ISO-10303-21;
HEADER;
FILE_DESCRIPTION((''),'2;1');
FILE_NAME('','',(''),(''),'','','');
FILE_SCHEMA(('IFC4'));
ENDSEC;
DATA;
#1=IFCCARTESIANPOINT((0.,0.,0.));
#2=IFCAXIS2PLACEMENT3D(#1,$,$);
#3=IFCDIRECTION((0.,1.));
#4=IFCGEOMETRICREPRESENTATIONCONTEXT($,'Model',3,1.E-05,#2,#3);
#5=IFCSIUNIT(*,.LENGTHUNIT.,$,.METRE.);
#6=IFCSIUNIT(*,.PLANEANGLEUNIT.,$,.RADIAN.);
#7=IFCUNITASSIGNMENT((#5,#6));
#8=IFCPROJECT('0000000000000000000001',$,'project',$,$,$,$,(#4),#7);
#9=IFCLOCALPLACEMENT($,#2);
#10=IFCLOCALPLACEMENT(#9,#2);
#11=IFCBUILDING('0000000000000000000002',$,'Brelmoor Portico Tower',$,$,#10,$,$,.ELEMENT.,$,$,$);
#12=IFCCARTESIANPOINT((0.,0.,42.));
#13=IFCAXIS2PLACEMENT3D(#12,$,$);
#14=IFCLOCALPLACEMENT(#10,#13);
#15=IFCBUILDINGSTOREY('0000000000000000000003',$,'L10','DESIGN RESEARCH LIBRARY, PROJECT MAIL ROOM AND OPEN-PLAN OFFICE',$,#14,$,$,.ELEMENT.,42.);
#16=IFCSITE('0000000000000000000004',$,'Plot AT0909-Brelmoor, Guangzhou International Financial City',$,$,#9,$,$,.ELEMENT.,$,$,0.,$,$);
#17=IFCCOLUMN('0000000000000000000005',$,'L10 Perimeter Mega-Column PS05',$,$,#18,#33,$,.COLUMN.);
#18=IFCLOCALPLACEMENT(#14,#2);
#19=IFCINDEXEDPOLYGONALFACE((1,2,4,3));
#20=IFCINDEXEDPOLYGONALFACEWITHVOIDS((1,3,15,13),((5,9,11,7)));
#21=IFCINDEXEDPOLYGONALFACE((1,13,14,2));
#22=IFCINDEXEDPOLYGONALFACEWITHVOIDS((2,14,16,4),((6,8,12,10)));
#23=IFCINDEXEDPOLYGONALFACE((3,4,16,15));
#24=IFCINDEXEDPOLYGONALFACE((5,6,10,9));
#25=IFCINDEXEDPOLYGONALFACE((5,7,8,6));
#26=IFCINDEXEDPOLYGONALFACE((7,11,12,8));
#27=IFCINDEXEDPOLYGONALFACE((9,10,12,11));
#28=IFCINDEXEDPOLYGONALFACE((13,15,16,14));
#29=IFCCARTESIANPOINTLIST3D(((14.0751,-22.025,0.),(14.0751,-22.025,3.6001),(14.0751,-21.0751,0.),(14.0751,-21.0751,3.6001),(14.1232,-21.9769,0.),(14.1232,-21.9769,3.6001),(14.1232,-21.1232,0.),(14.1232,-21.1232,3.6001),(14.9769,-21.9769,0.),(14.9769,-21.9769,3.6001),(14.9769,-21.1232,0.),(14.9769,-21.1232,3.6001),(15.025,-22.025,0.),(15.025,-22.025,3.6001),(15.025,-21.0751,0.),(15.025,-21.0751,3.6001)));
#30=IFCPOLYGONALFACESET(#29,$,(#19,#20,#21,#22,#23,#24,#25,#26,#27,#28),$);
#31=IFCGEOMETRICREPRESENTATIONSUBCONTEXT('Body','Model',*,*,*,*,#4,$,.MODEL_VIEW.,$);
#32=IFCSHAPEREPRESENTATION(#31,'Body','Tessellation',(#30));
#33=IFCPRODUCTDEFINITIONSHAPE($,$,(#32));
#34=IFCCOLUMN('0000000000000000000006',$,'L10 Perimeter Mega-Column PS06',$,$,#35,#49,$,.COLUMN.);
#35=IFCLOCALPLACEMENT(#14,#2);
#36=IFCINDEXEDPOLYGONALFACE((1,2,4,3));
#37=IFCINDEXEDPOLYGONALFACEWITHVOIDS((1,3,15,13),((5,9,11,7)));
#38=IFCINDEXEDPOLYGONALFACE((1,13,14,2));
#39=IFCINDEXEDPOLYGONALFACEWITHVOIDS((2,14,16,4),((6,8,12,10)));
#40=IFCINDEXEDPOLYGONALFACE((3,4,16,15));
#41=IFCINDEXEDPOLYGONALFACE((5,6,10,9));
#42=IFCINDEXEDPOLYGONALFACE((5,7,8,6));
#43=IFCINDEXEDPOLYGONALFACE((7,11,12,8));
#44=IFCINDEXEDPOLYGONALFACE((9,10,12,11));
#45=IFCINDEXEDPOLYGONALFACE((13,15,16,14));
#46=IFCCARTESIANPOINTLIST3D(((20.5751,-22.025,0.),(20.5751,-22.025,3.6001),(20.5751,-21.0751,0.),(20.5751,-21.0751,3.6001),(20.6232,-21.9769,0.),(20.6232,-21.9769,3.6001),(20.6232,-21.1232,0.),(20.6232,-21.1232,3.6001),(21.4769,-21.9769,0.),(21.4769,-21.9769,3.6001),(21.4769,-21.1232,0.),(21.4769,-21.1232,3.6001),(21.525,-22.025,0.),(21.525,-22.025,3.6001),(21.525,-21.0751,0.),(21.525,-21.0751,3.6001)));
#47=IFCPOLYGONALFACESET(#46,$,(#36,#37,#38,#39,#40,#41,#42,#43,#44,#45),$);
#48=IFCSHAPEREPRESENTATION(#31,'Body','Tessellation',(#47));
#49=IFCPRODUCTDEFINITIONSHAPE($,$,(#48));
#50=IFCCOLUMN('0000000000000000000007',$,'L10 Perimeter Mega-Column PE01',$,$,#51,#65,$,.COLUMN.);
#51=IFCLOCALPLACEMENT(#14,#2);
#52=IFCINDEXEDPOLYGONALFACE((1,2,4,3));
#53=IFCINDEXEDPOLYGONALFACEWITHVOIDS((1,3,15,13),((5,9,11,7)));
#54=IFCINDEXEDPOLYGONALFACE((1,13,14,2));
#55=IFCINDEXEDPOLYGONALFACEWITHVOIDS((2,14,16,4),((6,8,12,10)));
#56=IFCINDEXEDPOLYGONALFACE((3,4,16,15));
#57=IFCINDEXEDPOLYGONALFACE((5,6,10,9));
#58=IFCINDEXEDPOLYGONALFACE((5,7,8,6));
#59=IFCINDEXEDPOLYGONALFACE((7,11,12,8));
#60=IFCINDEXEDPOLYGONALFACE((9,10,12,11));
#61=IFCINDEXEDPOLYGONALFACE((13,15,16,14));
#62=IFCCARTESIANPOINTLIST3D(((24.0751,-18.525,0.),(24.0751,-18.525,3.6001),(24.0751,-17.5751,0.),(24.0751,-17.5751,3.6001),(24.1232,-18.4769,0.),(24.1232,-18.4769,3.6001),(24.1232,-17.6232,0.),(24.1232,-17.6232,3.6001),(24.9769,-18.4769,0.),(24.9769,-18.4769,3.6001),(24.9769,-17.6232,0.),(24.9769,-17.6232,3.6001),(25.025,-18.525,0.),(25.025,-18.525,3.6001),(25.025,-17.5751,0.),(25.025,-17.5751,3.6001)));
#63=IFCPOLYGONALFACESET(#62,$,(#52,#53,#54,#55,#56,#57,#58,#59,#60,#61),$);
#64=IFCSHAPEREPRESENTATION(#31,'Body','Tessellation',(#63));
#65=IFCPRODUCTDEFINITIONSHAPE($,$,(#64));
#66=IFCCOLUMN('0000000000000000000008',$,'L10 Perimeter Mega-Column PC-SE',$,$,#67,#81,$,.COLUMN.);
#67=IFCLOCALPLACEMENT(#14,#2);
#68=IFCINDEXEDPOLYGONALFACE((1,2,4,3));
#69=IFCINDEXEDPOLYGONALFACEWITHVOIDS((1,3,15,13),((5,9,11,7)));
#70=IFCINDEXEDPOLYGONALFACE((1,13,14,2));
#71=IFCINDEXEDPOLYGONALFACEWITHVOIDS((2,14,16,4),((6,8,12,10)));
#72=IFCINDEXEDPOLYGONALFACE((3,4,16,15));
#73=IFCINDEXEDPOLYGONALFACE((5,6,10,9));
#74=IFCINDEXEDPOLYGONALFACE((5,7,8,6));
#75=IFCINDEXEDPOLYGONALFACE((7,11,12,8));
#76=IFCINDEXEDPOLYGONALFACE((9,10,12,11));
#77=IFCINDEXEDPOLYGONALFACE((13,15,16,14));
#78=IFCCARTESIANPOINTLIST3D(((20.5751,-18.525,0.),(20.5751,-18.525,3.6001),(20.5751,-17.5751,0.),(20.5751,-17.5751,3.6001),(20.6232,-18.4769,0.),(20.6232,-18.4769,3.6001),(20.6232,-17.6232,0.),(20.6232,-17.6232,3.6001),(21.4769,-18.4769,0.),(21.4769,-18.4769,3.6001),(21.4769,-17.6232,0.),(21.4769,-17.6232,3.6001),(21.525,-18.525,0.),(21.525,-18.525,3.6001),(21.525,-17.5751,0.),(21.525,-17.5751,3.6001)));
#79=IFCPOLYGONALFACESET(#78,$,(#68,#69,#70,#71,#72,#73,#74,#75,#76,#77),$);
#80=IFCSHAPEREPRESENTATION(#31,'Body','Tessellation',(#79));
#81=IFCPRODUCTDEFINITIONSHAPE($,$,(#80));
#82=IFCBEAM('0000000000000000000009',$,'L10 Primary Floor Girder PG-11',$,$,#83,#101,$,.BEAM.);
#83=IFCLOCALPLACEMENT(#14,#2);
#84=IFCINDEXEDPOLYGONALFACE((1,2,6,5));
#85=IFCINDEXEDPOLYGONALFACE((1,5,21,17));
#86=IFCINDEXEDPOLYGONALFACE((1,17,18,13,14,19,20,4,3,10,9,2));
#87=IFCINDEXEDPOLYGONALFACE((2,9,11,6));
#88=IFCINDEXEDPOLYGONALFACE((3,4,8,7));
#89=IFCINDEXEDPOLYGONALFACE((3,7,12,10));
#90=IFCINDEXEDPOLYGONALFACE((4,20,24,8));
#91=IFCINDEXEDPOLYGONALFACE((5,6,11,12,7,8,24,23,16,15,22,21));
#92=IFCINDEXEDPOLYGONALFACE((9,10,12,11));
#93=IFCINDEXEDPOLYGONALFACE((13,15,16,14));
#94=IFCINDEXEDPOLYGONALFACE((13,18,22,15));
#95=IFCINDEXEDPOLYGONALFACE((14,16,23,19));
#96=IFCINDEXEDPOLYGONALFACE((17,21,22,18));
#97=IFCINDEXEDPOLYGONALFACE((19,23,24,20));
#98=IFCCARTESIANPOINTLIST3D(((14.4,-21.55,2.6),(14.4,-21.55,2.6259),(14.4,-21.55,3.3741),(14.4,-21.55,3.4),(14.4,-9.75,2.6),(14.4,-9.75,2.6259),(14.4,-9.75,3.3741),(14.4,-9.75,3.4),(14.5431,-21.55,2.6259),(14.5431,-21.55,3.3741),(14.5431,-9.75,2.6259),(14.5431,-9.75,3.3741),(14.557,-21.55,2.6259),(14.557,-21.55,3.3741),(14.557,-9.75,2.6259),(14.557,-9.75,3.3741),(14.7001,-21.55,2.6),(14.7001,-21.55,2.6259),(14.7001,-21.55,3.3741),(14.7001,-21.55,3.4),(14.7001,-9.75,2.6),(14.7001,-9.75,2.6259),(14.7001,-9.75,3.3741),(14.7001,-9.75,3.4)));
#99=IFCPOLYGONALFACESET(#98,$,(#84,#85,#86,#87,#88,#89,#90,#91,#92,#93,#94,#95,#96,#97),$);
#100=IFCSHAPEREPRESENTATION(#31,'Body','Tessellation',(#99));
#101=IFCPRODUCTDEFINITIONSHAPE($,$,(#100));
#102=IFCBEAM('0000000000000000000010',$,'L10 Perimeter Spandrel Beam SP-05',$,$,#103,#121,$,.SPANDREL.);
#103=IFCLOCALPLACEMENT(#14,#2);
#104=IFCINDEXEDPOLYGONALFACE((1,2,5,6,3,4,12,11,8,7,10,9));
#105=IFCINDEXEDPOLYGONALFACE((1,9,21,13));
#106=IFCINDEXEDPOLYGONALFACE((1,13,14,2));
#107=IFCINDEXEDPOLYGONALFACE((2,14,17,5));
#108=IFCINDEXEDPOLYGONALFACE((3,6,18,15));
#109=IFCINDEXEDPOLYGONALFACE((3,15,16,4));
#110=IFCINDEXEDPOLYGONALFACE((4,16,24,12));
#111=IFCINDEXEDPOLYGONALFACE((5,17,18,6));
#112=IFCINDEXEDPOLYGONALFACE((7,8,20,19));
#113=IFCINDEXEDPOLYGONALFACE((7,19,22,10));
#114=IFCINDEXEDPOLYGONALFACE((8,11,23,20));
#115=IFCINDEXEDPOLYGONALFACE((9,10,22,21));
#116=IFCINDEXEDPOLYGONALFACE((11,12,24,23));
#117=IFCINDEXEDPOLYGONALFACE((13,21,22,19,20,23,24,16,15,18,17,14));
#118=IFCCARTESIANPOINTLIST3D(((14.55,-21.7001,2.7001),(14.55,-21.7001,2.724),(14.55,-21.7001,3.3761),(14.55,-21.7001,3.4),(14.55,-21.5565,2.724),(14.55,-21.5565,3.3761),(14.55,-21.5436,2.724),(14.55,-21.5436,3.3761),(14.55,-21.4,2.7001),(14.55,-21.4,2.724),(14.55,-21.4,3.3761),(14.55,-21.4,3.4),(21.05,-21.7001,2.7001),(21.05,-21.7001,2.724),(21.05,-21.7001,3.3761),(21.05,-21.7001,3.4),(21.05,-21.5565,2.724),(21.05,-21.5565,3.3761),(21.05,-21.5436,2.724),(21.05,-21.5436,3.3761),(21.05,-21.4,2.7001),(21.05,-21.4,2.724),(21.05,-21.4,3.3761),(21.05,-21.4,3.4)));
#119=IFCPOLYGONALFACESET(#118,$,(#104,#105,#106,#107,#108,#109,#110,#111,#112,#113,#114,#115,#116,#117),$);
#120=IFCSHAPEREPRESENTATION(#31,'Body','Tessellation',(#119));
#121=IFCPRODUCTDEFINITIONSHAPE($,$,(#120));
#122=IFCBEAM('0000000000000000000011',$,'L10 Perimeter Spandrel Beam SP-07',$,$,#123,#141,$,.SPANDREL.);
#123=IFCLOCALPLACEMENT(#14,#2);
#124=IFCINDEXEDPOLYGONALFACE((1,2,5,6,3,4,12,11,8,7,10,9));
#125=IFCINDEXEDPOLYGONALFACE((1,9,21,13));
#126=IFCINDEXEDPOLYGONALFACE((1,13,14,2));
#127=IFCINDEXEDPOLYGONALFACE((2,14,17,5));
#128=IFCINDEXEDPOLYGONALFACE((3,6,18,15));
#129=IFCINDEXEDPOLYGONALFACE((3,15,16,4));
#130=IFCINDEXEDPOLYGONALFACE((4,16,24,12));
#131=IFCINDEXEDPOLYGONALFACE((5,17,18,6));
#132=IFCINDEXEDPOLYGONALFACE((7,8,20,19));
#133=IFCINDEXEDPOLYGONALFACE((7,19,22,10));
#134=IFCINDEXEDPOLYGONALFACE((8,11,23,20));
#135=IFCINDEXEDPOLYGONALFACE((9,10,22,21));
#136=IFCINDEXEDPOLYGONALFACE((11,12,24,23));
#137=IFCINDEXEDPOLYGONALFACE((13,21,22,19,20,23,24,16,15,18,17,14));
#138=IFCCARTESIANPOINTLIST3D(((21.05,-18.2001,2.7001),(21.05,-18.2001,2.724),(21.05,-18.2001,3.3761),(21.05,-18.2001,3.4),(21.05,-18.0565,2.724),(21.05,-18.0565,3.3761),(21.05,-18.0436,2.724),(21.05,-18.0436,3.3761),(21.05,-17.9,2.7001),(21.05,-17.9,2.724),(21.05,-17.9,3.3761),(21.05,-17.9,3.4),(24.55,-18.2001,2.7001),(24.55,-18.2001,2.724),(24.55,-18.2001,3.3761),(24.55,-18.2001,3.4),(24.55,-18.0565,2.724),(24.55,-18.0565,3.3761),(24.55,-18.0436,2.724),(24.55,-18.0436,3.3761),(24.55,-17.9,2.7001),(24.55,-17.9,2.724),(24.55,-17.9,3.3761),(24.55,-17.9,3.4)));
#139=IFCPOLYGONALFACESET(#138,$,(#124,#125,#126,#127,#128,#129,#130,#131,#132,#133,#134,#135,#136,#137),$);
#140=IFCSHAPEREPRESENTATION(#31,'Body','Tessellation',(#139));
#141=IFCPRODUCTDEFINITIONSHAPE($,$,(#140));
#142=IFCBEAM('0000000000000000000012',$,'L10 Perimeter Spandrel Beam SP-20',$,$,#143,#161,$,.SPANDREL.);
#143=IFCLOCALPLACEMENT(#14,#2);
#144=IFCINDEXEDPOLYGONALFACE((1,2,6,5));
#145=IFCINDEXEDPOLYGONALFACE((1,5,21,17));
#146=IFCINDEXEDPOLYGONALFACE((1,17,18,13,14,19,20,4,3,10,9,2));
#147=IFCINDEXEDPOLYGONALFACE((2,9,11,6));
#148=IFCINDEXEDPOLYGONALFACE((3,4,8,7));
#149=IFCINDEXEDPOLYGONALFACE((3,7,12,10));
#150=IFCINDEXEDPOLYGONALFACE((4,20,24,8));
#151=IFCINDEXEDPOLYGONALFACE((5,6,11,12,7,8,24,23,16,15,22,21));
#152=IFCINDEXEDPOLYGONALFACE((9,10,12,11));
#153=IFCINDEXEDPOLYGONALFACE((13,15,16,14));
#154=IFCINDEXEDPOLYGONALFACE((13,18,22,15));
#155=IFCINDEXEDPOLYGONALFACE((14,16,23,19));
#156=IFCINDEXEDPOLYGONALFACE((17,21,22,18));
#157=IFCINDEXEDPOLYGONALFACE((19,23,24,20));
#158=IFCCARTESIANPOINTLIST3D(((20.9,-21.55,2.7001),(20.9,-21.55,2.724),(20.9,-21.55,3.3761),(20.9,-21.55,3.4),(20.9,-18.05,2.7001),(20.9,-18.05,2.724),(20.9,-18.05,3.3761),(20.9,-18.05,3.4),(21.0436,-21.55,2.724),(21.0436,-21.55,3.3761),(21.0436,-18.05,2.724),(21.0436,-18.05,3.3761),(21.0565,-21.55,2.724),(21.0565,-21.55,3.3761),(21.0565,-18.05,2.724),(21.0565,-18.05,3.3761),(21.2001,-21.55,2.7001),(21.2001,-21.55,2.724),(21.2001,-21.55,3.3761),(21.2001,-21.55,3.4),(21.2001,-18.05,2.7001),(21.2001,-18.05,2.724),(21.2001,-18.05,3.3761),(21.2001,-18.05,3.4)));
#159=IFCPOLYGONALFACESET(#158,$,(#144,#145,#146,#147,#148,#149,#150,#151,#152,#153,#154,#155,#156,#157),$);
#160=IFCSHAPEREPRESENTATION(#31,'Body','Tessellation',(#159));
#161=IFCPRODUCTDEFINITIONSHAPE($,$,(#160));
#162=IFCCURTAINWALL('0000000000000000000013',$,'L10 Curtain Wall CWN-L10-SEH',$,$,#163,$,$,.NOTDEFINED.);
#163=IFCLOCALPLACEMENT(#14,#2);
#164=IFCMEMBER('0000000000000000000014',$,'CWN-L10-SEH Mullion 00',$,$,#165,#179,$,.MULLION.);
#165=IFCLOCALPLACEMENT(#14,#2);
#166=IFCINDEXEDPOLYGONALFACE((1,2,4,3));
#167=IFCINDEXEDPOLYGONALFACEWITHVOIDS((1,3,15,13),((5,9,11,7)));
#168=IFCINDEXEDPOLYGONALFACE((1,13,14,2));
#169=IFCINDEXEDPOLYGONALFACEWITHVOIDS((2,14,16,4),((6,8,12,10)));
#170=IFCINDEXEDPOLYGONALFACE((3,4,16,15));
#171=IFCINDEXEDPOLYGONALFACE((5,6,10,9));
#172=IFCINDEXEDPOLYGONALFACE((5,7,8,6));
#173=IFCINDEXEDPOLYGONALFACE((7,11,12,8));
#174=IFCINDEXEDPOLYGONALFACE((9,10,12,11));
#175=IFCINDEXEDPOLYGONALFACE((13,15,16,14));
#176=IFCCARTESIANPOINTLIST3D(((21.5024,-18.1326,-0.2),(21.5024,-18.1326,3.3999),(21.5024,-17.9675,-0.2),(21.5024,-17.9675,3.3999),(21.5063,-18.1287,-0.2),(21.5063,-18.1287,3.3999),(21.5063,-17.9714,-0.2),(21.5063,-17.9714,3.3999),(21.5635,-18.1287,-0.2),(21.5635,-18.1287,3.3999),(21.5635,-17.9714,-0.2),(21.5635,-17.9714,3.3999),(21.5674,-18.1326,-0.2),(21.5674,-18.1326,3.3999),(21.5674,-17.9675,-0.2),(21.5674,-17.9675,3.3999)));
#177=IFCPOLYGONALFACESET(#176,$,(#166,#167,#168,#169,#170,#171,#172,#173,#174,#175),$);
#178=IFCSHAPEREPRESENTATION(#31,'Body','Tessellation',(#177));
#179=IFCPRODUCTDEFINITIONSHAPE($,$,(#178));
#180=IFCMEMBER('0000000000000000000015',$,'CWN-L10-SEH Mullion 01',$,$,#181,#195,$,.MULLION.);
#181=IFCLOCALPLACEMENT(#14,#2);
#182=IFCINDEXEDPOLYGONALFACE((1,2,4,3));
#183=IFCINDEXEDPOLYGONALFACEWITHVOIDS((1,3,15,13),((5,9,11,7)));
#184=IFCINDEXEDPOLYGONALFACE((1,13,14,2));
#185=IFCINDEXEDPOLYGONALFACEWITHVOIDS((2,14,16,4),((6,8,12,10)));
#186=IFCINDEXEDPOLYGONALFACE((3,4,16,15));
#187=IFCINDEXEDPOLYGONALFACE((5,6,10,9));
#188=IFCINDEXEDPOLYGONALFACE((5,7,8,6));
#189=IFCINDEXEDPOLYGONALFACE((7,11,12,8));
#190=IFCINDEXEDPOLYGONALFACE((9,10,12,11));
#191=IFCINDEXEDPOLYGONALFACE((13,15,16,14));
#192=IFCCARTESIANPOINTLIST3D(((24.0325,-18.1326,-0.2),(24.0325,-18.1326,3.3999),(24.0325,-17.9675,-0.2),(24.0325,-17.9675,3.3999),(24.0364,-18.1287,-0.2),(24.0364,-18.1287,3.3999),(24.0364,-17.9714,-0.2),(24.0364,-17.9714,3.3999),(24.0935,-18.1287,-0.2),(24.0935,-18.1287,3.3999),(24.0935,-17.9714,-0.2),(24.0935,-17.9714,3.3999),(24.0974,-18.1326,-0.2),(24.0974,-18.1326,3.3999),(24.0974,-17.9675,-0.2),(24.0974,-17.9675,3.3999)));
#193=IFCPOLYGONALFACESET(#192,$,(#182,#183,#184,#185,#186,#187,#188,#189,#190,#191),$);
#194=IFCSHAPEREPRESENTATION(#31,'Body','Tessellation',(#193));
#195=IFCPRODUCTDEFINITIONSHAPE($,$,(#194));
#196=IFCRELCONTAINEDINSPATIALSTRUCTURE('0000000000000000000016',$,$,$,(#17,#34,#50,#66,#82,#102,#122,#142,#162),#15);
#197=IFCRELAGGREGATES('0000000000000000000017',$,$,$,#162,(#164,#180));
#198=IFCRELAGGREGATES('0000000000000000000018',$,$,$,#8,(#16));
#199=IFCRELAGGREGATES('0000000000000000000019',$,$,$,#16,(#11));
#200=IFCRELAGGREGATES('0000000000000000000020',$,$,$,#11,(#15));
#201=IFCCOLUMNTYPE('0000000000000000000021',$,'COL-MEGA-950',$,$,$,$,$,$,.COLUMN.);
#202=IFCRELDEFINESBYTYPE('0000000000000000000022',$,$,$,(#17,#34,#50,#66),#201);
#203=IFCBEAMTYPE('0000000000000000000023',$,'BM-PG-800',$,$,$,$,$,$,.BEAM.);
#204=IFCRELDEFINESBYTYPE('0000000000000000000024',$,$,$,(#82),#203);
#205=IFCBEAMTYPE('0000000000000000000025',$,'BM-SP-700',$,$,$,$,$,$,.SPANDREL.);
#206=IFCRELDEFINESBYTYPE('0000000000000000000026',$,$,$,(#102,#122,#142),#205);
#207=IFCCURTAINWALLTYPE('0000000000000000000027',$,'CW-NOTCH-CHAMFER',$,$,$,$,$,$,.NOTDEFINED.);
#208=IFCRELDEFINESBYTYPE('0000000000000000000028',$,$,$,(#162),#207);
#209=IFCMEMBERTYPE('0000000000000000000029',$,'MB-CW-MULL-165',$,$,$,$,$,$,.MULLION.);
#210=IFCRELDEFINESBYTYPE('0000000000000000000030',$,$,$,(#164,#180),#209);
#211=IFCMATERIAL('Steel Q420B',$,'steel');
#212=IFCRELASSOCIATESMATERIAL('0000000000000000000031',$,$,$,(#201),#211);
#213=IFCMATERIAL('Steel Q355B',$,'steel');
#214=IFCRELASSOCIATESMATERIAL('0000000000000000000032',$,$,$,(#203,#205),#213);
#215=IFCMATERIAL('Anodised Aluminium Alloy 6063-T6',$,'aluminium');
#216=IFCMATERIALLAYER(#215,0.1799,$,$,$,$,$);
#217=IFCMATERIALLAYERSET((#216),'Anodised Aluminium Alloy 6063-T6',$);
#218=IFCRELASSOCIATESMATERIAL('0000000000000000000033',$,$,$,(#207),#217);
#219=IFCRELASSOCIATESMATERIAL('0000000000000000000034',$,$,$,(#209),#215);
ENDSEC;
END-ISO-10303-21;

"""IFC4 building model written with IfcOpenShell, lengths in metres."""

from ifc_helpers import new_model, si_unit, direction, frame, origin, origin_2d, place, context, subcontext, project, spatial, hollow_rectangle, i_section, extrude, material, layer, layer_set, material_profile, profile_set, type_object, element, aggregate, save


model = new_model("IFC4")

# Units and contexts
model_context = context("Model", 3, precision=1e-05, world=origin(), true_north=direction((0.0, 1.0)))
body_context = subcontext(model_context, "Body", "Model", "MODEL_VIEW")
ifc_project = project(units=[si_unit("LENGTHUNIT", "METRE"), si_unit("PLANEANGLEUNIT", "RADIAN")], contexts=[model_context])

# Site, building, storey
site_placement = place(None, origin())
site = spatial("IfcSite", under=ifc_project, at=site_placement, Name="Plot AT0909-Brelmoor, Guangzhou International Financial City", CompositionType="ELEMENT", RefElevation=0.0)
building_placement = place(site_placement, origin())
building = spatial("IfcBuilding", under=site, at=building_placement, Name="Brelmoor Portico Tower", CompositionType="ELEMENT")
storey_placement = place(building_placement, frame((0.0, 0.0, 42.0)))
storey = spatial("IfcBuildingStorey", under=building, at=storey_placement, Name="L10", Description="DESIGN RESEARCH LIBRARY, PROJECT MAIL ROOM AND OPEN-PLAN OFFICE", CompositionType="ELEMENT", Elevation=42.0)

# Columns
ifc_material_1 = material(Name="Steel Q420B", Category="steel")
ifc_material_profile_1 = material_profile(ifc_material_1, hollow_rectangle(XDim=0.95, YDim=0.95, WallThickness=0.0481, at=origin_2d()), Name="BOX 950x950x48")
ifc_profile_set_1 = profile_set([ifc_material_profile_1], Name="Steel Q420B")
column_type = type_object("IfcColumnType", Name="COL-MEGA-950", PredefinedType="COLUMN", material=ifc_profile_set_1)
for number, where, z_axis, x_axis, name in (
    (1, (14.55, -21.55, 0.0), (0.0, 0.0, 1.0), (1.0, 0.0, 0.0), "L10 Perimeter Mega-Column PS05"),
    (2, (21.05, -21.55, 0.0), (0.0, 0.0, 1.0), (1.0, 0.0, 0.0), "L10 Perimeter Mega-Column PS06"),
    (3, (24.55, -18.05, 0.0), (0.0, 0.0, 1.0), (0.0, 1.0, 0.0), "L10 Perimeter Mega-Column PE01"),
    (4, (21.05, -18.05, 0.0), (0.0, 0.0, 1.0), (1.0, 0.0, 0.0), "L10 Perimeter Mega-Column PC-SE"),
):
    element("IfcColumn", number, at=place(storey_placement, frame(where, z_axis=z_axis, x_axis=x_axis)), inside=storey, type_object=column_type, Name=name, PredefinedType="COLUMN", context=body_context, shape_type="SweptSolid", body=[
        extrude(hollow_rectangle(XDim=0.95, YDim=0.95, WallThickness=0.0481, at=origin_2d()), origin(), (0.0, 0.0, 1.0), 3.6001),
    ])

# Beams
ifc_material_2 = material(Name="Steel Q355B", Category="steel")
ifc_material_profile_2 = material_profile(ifc_material_2, i_section(OverallWidth=0.3, OverallDepth=0.8, WebThickness=0.0139, FlangeThickness=0.0259, at=origin_2d()), Name="HN 800x300x14x26")
ifc_profile_set_2 = profile_set([ifc_material_profile_2], Name="Steel Q355B")
beam_type_1 = type_object("IfcBeamType", Name="BM-PG-800", PredefinedType="BEAM", material=ifc_profile_set_2)
beam_1_placement = place(storey_placement, frame((14.55, -21.55, 3.0), z_axis=(0.0, 1.0, 0.0), x_axis=(-1.0, 0.0, 0.0)))
element("IfcBeam", 5, at=beam_1_placement, inside=storey, type_object=beam_type_1, Name="L10 Primary Floor Girder PG-11", PredefinedType="BEAM", context=body_context, shape_type="SweptSolid", body=[
    extrude(i_section(OverallWidth=0.3, OverallDepth=0.8, WebThickness=0.0139, FlangeThickness=0.0259, at=origin_2d()), origin(), (0.0, 0.0, 1.0), 11.8),
])
ifc_material_profile_3 = material_profile(ifc_material_2, i_section(OverallWidth=0.3, OverallDepth=0.7, WebThickness=0.0129, FlangeThickness=0.0239, at=origin_2d()), Name="HN 700x300x13x24")
ifc_profile_set_3 = profile_set([ifc_material_profile_3], Name="Steel Q355B")
beam_type_2 = type_object("IfcBeamType", Name="BM-SP-700", PredefinedType="SPANDREL", material=ifc_profile_set_3)
beam_2_placement = place(storey_placement, frame((14.55, -21.55, 3.05), z_axis=(1.0, 0.0, 0.0), x_axis=(0.0, 1.0, 0.0)))
element("IfcBeam", 6, at=beam_2_placement, inside=storey, type_object=beam_type_2, Name="L10 Perimeter Spandrel Beam SP-05", PredefinedType="SPANDREL", context=body_context, shape_type="SweptSolid", body=[
    extrude(i_section(OverallWidth=0.3, OverallDepth=0.7, WebThickness=0.0129, FlangeThickness=0.0239, at=origin_2d()), origin(), (0.0, 0.0, 1.0), 6.5),
])
for number, where, z_axis, x_axis, name in (
    (7, (21.05, -18.05, 3.05), (1.0, 0.0, 0.0), (0.0, 1.0, 0.0), "L10 Perimeter Spandrel Beam SP-07"),
    (8, (21.05, -21.55, 3.05), (0.0, 1.0, 0.0), (-1.0, 0.0, 0.0), "L10 Perimeter Spandrel Beam SP-20"),
):
    element("IfcBeam", number, at=place(storey_placement, frame(where, z_axis=z_axis, x_axis=x_axis)), inside=storey, type_object=beam_type_2, Name=name, PredefinedType="SPANDREL", context=body_context, shape_type="SweptSolid", body=[
        extrude(i_section(OverallWidth=0.3, OverallDepth=0.7, WebThickness=0.0129, FlangeThickness=0.0239, at=origin_2d()), origin(), (0.0, 0.0, 1.0), 3.5),
    ])

# Curtain wall, members
ifc_material_3 = material(Name="Anodised Aluminium Alloy 6063-T6", Category="aluminium")
ifc_layer_1 = layer(ifc_material_3, 0.1799)
ifc_layer_set_1 = layer_set([ifc_layer_1], Name="Anodised Aluminium Alloy 6063-T6")
curtain_wall_type_1 = type_object("IfcCurtainWallType", Name="CW-NOTCH-CHAMFER", PredefinedType="NOTDEFINED", material=ifc_layer_set_1)
curtain_wall_1_placement = place(storey_placement, origin())
curtain_wall_1 = element("IfcCurtainWall", 9, at=curtain_wall_1_placement, inside=storey, type_object=curtain_wall_type_1, Name="L10 Curtain Wall CWN-L10-SEH", PredefinedType="NOTDEFINED")
ifc_material_profile_4 = material_profile(ifc_material_3, hollow_rectangle(XDim=0.0649, YDim=0.165, WallThickness=0.0039, at=origin_2d()), Name="ALU MULLION 65x165")
ifc_profile_set_4 = profile_set([ifc_material_profile_4], Name="Anodised Aluminium Alloy 6063-T6")
member_type_1 = type_object("IfcMemberType", Name="MB-CW-MULL-165", PredefinedType="MULLION", material=ifc_profile_set_4)
member_1_placement = place(storey_placement, frame((21.5349, -18.05, -0.2), z_axis=(0.0, 0.0, 1.0), x_axis=(1.0, 0.0, 0.0)))
member_1 = element("IfcMember", 10, at=member_1_placement, type_object=member_type_1, Name="CWN-L10-SEH Mullion 00", PredefinedType="MULLION", context=body_context, shape_type="SweptSolid", body=[
    extrude(hollow_rectangle(XDim=0.0649, YDim=0.165, WallThickness=0.0039, at=origin_2d()), origin(), (0.0, 0.0, 1.0), 3.5999),
])
member_2_placement = place(storey_placement, frame((24.0649, -18.05, -0.2), z_axis=(0.0, 0.0, 1.0), x_axis=(1.0, 0.0, 0.0)))
member_2 = element("IfcMember", 11, at=member_2_placement, type_object=member_type_1, Name="CWN-L10-SEH Mullion 01", PredefinedType="MULLION", context=body_context, shape_type="SweptSolid", body=[
    extrude(hollow_rectangle(XDim=0.0649, YDim=0.165, WallThickness=0.0039, at=origin_2d()), origin(), (0.0, 0.0, 1.0), 3.5999),
])

aggregate(curtain_wall_1, [member_1, member_2])

save(model, "model.ifc")
